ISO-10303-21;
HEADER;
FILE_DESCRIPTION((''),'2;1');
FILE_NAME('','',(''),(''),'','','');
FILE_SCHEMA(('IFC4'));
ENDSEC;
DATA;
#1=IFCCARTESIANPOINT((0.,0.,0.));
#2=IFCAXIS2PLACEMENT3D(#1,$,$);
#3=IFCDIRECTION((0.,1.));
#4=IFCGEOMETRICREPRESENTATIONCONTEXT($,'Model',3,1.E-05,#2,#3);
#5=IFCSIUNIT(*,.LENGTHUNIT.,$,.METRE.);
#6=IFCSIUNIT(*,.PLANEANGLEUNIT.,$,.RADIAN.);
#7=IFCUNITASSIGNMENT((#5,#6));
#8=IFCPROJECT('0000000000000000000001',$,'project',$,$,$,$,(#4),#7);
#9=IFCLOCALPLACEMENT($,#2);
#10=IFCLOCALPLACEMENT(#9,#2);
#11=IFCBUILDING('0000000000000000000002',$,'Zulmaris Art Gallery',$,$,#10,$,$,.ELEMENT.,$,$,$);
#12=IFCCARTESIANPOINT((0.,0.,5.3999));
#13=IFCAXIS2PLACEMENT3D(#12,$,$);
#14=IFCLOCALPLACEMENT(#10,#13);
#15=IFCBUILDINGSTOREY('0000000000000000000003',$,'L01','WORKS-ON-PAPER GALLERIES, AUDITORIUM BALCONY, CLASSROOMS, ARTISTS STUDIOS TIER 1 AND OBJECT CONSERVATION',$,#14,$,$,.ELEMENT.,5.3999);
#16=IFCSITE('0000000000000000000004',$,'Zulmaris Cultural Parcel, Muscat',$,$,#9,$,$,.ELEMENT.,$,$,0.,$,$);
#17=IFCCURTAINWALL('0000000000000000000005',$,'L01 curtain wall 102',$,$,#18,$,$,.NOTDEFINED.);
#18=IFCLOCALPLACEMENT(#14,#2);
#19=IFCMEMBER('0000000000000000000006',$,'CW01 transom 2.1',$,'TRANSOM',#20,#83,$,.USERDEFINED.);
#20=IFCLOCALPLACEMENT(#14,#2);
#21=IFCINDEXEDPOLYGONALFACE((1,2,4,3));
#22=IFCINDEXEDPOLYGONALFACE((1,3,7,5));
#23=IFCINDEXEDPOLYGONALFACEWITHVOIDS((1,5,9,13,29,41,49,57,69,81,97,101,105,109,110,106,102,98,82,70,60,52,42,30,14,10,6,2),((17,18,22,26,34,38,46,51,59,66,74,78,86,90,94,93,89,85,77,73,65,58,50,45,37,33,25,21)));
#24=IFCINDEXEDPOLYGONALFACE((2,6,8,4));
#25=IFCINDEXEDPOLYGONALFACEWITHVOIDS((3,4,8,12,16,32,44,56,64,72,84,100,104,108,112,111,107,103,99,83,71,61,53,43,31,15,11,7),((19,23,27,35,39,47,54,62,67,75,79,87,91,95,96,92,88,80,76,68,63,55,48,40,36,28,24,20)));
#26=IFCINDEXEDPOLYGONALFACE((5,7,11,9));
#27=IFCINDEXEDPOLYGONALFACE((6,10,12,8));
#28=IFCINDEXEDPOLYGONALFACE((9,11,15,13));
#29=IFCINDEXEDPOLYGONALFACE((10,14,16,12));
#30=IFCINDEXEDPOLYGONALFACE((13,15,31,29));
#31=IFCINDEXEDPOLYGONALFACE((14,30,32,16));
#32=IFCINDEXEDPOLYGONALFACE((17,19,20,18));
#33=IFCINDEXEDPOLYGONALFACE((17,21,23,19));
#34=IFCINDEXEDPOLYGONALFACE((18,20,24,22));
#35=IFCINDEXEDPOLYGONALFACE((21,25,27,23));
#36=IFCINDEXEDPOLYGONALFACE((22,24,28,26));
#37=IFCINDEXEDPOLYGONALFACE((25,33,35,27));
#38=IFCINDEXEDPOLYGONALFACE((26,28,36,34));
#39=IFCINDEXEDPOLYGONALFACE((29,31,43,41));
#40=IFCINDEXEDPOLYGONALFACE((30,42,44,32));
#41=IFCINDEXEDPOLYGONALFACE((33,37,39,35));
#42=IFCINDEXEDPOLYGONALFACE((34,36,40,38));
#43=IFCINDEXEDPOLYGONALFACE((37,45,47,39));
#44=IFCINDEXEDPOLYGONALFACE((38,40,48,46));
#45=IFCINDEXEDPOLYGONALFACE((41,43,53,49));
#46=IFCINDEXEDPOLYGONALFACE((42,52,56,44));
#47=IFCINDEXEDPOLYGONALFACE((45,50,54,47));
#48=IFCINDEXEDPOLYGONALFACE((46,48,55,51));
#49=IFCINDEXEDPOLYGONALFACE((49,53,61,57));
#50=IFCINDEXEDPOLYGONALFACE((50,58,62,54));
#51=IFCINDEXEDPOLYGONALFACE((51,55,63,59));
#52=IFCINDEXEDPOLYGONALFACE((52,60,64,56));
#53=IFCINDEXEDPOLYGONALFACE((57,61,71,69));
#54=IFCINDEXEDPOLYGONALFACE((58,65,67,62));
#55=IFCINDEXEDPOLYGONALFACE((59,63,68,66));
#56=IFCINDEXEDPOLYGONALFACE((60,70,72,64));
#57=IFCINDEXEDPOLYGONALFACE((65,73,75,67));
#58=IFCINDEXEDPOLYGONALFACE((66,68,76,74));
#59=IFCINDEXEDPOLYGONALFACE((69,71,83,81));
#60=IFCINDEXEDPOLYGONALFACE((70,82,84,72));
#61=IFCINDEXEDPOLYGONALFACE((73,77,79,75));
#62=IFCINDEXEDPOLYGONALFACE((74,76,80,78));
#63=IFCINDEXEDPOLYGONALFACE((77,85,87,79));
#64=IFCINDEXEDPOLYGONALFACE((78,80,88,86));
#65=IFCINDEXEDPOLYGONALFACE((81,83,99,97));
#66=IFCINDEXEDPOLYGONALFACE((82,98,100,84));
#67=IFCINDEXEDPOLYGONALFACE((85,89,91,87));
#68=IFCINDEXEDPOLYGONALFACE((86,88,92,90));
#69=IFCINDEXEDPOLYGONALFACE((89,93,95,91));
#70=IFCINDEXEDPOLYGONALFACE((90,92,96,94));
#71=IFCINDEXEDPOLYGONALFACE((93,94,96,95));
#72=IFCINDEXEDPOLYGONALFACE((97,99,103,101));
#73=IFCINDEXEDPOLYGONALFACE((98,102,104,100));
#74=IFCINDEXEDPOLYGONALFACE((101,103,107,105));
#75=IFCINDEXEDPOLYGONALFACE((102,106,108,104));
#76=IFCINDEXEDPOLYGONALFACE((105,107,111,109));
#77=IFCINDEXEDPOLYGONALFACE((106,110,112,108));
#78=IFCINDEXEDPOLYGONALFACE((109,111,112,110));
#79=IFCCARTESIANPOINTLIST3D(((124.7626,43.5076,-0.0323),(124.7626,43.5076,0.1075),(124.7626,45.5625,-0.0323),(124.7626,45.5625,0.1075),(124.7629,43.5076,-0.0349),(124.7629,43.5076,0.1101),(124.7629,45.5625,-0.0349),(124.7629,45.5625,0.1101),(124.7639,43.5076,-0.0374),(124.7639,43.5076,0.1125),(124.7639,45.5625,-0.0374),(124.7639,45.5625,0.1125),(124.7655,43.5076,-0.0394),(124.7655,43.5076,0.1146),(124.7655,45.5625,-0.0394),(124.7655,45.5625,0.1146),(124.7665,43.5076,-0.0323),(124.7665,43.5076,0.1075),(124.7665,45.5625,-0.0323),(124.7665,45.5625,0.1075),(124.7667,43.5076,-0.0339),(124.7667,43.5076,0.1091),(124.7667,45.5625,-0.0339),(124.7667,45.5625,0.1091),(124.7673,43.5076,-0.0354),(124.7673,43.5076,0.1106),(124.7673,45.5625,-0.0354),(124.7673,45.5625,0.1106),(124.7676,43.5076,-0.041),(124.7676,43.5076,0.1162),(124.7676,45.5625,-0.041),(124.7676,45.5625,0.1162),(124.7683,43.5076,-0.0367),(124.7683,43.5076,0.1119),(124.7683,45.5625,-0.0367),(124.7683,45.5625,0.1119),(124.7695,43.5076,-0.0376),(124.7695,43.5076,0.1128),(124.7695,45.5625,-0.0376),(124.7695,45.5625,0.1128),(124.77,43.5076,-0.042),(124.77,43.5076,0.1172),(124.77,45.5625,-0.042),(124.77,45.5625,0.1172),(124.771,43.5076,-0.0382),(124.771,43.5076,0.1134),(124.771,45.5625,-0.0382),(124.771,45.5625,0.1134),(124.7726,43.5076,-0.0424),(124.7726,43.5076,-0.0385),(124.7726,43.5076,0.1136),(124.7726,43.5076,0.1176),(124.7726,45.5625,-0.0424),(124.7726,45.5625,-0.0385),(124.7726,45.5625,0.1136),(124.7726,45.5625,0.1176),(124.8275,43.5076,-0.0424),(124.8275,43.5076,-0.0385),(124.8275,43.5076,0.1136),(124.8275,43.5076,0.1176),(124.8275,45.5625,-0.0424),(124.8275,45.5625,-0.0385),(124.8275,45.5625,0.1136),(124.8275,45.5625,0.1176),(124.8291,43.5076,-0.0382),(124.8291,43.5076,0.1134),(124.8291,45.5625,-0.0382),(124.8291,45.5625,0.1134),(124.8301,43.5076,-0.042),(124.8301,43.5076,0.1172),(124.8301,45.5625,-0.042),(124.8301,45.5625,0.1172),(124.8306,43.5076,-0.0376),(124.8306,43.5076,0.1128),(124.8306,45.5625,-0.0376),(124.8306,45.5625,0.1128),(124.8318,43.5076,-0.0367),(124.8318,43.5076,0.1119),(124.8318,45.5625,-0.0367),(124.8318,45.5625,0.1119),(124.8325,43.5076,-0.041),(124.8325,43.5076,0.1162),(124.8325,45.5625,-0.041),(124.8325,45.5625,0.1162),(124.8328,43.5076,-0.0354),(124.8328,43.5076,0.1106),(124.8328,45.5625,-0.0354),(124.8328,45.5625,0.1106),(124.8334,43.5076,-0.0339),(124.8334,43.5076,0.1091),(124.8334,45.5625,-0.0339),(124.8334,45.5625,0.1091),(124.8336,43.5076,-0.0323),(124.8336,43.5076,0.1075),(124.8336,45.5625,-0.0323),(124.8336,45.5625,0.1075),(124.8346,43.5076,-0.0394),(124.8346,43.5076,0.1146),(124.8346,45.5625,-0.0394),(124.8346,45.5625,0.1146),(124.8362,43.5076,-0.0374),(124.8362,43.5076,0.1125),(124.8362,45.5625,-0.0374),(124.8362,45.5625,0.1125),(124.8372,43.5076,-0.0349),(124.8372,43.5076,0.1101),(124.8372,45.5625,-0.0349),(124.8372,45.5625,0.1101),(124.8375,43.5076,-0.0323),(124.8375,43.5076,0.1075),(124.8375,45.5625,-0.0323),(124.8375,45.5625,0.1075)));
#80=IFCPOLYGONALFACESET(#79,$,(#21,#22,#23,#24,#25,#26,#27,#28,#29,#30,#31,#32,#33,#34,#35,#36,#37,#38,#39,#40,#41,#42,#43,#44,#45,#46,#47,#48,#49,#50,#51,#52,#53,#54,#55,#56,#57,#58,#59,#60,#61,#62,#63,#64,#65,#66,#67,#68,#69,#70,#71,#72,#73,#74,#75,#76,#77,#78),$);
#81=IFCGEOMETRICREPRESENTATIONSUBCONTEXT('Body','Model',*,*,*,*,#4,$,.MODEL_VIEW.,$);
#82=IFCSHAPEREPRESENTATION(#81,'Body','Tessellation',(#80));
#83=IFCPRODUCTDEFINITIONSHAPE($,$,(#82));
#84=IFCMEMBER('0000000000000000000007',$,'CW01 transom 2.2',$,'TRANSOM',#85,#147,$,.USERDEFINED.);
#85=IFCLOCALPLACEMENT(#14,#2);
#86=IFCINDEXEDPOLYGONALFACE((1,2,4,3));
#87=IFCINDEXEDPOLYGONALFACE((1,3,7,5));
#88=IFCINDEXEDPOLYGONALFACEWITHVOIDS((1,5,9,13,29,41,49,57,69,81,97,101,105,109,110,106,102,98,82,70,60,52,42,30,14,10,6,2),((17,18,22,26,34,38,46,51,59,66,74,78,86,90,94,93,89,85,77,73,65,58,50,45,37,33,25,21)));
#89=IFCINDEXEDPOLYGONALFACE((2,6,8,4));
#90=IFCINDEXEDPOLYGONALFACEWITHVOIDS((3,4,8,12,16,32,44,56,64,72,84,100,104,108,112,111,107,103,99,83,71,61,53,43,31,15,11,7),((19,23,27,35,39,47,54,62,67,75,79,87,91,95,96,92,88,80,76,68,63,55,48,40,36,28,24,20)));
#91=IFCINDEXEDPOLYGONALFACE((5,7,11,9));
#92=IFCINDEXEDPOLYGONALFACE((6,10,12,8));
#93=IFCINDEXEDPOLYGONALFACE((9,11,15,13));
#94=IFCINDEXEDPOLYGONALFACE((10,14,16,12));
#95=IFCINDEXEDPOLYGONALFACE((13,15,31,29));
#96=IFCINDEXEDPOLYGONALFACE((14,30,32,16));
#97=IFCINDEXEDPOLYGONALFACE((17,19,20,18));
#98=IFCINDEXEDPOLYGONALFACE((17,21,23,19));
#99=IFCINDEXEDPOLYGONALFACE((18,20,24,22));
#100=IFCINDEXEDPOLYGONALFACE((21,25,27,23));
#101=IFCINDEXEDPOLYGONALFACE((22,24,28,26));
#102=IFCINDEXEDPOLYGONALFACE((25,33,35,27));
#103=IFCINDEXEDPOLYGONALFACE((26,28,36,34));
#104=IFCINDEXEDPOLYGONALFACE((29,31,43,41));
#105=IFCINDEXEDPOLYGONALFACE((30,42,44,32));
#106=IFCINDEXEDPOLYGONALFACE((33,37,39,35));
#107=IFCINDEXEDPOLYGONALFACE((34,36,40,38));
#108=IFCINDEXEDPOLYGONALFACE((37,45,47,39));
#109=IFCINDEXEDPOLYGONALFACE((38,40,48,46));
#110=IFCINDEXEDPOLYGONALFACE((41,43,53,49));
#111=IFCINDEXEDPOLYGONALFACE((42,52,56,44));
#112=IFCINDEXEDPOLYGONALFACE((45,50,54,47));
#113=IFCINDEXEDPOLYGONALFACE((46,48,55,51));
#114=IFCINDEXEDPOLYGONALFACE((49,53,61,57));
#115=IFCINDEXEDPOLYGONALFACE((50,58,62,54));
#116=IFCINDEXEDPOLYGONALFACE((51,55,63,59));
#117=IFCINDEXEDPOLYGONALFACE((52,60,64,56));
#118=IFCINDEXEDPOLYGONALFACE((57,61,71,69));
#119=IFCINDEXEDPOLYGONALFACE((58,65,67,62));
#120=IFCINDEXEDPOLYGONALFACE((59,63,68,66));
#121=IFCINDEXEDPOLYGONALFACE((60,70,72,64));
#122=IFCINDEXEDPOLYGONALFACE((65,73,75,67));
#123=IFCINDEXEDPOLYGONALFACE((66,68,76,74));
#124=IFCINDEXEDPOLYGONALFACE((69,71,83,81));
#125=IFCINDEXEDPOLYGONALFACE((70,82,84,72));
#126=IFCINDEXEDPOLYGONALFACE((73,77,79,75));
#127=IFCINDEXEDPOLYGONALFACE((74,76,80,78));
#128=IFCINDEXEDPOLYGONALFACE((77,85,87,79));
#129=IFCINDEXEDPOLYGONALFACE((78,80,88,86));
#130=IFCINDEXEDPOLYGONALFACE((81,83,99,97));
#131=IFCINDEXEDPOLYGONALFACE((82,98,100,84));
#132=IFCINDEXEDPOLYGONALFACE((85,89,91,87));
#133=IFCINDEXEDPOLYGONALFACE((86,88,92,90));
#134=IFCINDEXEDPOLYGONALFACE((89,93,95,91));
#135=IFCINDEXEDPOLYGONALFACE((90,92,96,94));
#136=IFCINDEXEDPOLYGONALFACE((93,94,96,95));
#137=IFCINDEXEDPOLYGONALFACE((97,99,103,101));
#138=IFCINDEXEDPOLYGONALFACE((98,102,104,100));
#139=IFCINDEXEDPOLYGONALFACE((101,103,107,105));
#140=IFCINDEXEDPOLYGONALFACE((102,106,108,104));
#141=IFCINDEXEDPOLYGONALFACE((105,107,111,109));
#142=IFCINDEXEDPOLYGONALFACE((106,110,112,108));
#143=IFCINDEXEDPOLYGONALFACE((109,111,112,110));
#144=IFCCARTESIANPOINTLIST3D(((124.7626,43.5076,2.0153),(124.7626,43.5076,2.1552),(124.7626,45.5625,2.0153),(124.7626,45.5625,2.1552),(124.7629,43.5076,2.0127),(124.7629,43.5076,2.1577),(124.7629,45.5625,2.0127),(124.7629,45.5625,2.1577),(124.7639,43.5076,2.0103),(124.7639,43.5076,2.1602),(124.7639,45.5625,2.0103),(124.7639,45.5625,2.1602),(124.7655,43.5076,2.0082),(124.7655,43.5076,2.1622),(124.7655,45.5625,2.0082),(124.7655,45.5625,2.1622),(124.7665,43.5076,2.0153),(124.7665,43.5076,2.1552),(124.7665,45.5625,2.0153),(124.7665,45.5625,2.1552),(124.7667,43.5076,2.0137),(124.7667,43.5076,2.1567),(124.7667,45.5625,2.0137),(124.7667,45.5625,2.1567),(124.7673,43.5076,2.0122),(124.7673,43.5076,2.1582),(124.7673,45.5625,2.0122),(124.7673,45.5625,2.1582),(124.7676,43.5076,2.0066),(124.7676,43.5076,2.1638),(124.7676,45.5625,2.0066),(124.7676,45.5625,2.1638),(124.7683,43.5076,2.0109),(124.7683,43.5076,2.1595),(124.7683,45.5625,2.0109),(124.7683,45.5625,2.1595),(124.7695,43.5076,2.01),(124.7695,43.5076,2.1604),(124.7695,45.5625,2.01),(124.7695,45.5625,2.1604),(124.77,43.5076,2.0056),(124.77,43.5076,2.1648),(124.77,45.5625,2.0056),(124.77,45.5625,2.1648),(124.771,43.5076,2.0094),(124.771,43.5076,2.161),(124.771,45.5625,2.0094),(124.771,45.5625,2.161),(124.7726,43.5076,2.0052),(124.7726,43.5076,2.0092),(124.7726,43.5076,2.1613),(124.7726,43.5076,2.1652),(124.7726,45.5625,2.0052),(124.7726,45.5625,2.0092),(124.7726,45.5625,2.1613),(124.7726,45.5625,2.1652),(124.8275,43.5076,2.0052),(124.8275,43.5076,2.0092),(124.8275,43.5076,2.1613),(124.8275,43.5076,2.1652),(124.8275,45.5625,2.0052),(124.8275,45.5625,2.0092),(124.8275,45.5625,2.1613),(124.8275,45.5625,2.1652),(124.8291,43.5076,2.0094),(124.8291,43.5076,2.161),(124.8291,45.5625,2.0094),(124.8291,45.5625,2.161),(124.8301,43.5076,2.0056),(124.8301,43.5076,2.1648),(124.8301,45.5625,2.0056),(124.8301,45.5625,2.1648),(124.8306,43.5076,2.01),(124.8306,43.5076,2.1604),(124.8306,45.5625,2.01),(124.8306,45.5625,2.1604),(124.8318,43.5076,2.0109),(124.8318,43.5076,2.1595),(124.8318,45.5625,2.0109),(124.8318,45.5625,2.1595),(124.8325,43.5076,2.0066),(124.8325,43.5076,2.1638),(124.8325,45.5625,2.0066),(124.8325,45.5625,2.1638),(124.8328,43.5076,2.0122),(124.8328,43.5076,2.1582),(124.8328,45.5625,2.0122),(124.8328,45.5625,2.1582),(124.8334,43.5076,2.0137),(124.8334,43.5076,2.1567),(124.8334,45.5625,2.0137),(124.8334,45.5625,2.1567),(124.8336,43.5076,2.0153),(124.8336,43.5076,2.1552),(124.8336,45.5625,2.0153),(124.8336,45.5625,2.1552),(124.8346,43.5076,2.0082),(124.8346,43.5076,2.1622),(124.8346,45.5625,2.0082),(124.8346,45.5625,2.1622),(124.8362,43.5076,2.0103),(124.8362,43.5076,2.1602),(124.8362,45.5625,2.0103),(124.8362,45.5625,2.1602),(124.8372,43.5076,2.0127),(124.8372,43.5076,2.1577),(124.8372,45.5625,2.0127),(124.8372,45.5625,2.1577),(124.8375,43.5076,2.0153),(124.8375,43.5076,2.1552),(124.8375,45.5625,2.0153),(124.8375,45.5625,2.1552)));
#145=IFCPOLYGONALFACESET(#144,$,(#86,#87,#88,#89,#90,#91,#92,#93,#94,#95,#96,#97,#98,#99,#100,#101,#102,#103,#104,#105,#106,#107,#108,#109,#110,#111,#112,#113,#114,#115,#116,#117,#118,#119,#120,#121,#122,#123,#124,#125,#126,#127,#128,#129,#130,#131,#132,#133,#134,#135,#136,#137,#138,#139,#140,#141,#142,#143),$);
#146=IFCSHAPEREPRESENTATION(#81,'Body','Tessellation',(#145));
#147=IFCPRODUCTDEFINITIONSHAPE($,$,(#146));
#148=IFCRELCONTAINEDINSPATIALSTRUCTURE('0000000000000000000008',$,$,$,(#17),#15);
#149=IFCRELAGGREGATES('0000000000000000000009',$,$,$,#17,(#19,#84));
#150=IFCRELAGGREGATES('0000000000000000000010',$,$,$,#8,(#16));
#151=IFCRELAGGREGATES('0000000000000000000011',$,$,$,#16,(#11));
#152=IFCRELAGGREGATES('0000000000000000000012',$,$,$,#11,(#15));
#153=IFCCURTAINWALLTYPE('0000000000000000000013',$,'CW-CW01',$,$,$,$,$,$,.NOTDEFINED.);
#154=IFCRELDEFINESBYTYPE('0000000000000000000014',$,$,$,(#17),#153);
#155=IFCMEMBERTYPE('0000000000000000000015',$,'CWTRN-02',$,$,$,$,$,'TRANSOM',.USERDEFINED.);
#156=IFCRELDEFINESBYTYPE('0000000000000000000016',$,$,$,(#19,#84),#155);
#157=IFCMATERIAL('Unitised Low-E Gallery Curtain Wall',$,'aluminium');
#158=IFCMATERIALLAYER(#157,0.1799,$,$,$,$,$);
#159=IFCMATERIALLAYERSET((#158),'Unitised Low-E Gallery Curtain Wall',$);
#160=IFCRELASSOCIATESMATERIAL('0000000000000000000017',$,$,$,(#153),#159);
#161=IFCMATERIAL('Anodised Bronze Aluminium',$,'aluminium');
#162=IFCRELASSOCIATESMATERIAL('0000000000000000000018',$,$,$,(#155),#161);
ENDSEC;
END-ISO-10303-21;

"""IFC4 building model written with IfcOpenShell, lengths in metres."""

from ifc_helpers import new_model, si_unit, direction, frame, origin, origin_2d, place, context, subcontext, project, spatial, hollow_rectangle, extrude, material, layer, layer_set, material_profile, profile_set, type_object, element, aggregate, save


model = new_model("IFC4")

# Units and contexts
model_context = context("Model", 3, precision=1e-05, world=origin(), true_north=direction((0.0, 1.0)))
body_context = subcontext(model_context, "Body", "Model", "MODEL_VIEW")
ifc_project = project(units=[si_unit("LENGTHUNIT", "METRE"), si_unit("PLANEANGLEUNIT", "RADIAN")], contexts=[model_context])

# Site, building, storey
site_placement = place(None, origin())
site = spatial("IfcSite", under=ifc_project, at=site_placement, Name="Zulmaris Cultural Parcel, Muscat", CompositionType="ELEMENT", RefElevation=0.0)
building_placement = place(site_placement, origin())
building = spatial("IfcBuilding", under=site, at=building_placement, Name="Zulmaris Art Gallery", CompositionType="ELEMENT")
storey_placement = place(building_placement, frame((0.0, 0.0, 5.3999)))
storey = spatial("IfcBuildingStorey", under=building, at=storey_placement, Name="L01", Description="WORKS-ON-PAPER GALLERIES, AUDITORIUM BALCONY, CLASSROOMS, ARTISTS STUDIOS TIER 1 AND OBJECT CONSERVATION", CompositionType="ELEMENT", Elevation=5.3999)

# Curtain wall
ifc_material_1 = material(Name="Unitised Low-E Gallery Curtain Wall", Category="aluminium")
ifc_layer_1 = layer(ifc_material_1, 0.1799)
ifc_layer_set_1 = layer_set([ifc_layer_1], Name="Unitised Low-E Gallery Curtain Wall")
curtain_wall_type = type_object("IfcCurtainWallType", Name="CW-CW01", PredefinedType="NOTDEFINED", material=ifc_layer_set_1)
ifc_material_2 = material(Name="Anodised Bronze Aluminium", Category="aluminium")
curtain_wall_1_placement = place(storey_placement, origin())
curtain_wall_1 = element("IfcCurtainWall", 1, at=curtain_wall_1_placement, inside=storey, type_object=curtain_wall_type, Name="L01 curtain wall 102", PredefinedType="NOTDEFINED")

# Members
ifc_material_profile_1 = material_profile(ifc_material_2, hollow_rectangle(XDim=0.075, YDim=0.1599, WallThickness=0.0039, InnerFilletRadius=0.0061, OuterFilletRadius=0.01, at=origin_2d()), Name="ALU 75x160x4")
ifc_profile_set_1 = profile_set([ifc_material_profile_1], Name="Anodised Bronze Aluminium")
member_type_1 = type_object("IfcMemberType", Name="CWTRN-02", ElementType="TRANSOM", PredefinedType="USERDEFINED", material=ifc_profile_set_1)
member_1_placement = place(storey_placement, frame((124.8, 43.5076, 0.0376), z_axis=(0.0, 1.0, 0.0), x_axis=(-1.0, 0.0, 0.0)))
member_1 = element("IfcMember", 2, at=member_1_placement, type_object=member_type_1, Name="CW01 transom 2.1", ObjectType="TRANSOM", PredefinedType="USERDEFINED", context=body_context, shape_type="SweptSolid", body=[
    extrude(hollow_rectangle(XDim=0.075, YDim=0.1599, WallThickness=0.0039, InnerFilletRadius=0.0061, OuterFilletRadius=0.01, at=origin_2d()), origin(), (0.0, 0.0, 1.0), 2.0549),
])
member_2_placement = place(storey_placement, frame((124.8, 43.5076, 2.0852), z_axis=(0.0, 1.0, 0.0), x_axis=(-1.0, 0.0, 0.0)))
member_2 = element("IfcMember", 3, at=member_2_placement, type_object=member_type_1, Name="CW01 transom 2.2", ObjectType="TRANSOM", PredefinedType="USERDEFINED", context=body_context, shape_type="SweptSolid", body=[
    extrude(hollow_rectangle(XDim=0.075, YDim=0.1599, WallThickness=0.0039, InnerFilletRadius=0.0061, OuterFilletRadius=0.01, at=origin_2d()), origin(), (0.0, 0.0, 1.0), 2.0549),
])

aggregate(curtain_wall_1, [member_1, member_2])

save(model, "model.ifc")
